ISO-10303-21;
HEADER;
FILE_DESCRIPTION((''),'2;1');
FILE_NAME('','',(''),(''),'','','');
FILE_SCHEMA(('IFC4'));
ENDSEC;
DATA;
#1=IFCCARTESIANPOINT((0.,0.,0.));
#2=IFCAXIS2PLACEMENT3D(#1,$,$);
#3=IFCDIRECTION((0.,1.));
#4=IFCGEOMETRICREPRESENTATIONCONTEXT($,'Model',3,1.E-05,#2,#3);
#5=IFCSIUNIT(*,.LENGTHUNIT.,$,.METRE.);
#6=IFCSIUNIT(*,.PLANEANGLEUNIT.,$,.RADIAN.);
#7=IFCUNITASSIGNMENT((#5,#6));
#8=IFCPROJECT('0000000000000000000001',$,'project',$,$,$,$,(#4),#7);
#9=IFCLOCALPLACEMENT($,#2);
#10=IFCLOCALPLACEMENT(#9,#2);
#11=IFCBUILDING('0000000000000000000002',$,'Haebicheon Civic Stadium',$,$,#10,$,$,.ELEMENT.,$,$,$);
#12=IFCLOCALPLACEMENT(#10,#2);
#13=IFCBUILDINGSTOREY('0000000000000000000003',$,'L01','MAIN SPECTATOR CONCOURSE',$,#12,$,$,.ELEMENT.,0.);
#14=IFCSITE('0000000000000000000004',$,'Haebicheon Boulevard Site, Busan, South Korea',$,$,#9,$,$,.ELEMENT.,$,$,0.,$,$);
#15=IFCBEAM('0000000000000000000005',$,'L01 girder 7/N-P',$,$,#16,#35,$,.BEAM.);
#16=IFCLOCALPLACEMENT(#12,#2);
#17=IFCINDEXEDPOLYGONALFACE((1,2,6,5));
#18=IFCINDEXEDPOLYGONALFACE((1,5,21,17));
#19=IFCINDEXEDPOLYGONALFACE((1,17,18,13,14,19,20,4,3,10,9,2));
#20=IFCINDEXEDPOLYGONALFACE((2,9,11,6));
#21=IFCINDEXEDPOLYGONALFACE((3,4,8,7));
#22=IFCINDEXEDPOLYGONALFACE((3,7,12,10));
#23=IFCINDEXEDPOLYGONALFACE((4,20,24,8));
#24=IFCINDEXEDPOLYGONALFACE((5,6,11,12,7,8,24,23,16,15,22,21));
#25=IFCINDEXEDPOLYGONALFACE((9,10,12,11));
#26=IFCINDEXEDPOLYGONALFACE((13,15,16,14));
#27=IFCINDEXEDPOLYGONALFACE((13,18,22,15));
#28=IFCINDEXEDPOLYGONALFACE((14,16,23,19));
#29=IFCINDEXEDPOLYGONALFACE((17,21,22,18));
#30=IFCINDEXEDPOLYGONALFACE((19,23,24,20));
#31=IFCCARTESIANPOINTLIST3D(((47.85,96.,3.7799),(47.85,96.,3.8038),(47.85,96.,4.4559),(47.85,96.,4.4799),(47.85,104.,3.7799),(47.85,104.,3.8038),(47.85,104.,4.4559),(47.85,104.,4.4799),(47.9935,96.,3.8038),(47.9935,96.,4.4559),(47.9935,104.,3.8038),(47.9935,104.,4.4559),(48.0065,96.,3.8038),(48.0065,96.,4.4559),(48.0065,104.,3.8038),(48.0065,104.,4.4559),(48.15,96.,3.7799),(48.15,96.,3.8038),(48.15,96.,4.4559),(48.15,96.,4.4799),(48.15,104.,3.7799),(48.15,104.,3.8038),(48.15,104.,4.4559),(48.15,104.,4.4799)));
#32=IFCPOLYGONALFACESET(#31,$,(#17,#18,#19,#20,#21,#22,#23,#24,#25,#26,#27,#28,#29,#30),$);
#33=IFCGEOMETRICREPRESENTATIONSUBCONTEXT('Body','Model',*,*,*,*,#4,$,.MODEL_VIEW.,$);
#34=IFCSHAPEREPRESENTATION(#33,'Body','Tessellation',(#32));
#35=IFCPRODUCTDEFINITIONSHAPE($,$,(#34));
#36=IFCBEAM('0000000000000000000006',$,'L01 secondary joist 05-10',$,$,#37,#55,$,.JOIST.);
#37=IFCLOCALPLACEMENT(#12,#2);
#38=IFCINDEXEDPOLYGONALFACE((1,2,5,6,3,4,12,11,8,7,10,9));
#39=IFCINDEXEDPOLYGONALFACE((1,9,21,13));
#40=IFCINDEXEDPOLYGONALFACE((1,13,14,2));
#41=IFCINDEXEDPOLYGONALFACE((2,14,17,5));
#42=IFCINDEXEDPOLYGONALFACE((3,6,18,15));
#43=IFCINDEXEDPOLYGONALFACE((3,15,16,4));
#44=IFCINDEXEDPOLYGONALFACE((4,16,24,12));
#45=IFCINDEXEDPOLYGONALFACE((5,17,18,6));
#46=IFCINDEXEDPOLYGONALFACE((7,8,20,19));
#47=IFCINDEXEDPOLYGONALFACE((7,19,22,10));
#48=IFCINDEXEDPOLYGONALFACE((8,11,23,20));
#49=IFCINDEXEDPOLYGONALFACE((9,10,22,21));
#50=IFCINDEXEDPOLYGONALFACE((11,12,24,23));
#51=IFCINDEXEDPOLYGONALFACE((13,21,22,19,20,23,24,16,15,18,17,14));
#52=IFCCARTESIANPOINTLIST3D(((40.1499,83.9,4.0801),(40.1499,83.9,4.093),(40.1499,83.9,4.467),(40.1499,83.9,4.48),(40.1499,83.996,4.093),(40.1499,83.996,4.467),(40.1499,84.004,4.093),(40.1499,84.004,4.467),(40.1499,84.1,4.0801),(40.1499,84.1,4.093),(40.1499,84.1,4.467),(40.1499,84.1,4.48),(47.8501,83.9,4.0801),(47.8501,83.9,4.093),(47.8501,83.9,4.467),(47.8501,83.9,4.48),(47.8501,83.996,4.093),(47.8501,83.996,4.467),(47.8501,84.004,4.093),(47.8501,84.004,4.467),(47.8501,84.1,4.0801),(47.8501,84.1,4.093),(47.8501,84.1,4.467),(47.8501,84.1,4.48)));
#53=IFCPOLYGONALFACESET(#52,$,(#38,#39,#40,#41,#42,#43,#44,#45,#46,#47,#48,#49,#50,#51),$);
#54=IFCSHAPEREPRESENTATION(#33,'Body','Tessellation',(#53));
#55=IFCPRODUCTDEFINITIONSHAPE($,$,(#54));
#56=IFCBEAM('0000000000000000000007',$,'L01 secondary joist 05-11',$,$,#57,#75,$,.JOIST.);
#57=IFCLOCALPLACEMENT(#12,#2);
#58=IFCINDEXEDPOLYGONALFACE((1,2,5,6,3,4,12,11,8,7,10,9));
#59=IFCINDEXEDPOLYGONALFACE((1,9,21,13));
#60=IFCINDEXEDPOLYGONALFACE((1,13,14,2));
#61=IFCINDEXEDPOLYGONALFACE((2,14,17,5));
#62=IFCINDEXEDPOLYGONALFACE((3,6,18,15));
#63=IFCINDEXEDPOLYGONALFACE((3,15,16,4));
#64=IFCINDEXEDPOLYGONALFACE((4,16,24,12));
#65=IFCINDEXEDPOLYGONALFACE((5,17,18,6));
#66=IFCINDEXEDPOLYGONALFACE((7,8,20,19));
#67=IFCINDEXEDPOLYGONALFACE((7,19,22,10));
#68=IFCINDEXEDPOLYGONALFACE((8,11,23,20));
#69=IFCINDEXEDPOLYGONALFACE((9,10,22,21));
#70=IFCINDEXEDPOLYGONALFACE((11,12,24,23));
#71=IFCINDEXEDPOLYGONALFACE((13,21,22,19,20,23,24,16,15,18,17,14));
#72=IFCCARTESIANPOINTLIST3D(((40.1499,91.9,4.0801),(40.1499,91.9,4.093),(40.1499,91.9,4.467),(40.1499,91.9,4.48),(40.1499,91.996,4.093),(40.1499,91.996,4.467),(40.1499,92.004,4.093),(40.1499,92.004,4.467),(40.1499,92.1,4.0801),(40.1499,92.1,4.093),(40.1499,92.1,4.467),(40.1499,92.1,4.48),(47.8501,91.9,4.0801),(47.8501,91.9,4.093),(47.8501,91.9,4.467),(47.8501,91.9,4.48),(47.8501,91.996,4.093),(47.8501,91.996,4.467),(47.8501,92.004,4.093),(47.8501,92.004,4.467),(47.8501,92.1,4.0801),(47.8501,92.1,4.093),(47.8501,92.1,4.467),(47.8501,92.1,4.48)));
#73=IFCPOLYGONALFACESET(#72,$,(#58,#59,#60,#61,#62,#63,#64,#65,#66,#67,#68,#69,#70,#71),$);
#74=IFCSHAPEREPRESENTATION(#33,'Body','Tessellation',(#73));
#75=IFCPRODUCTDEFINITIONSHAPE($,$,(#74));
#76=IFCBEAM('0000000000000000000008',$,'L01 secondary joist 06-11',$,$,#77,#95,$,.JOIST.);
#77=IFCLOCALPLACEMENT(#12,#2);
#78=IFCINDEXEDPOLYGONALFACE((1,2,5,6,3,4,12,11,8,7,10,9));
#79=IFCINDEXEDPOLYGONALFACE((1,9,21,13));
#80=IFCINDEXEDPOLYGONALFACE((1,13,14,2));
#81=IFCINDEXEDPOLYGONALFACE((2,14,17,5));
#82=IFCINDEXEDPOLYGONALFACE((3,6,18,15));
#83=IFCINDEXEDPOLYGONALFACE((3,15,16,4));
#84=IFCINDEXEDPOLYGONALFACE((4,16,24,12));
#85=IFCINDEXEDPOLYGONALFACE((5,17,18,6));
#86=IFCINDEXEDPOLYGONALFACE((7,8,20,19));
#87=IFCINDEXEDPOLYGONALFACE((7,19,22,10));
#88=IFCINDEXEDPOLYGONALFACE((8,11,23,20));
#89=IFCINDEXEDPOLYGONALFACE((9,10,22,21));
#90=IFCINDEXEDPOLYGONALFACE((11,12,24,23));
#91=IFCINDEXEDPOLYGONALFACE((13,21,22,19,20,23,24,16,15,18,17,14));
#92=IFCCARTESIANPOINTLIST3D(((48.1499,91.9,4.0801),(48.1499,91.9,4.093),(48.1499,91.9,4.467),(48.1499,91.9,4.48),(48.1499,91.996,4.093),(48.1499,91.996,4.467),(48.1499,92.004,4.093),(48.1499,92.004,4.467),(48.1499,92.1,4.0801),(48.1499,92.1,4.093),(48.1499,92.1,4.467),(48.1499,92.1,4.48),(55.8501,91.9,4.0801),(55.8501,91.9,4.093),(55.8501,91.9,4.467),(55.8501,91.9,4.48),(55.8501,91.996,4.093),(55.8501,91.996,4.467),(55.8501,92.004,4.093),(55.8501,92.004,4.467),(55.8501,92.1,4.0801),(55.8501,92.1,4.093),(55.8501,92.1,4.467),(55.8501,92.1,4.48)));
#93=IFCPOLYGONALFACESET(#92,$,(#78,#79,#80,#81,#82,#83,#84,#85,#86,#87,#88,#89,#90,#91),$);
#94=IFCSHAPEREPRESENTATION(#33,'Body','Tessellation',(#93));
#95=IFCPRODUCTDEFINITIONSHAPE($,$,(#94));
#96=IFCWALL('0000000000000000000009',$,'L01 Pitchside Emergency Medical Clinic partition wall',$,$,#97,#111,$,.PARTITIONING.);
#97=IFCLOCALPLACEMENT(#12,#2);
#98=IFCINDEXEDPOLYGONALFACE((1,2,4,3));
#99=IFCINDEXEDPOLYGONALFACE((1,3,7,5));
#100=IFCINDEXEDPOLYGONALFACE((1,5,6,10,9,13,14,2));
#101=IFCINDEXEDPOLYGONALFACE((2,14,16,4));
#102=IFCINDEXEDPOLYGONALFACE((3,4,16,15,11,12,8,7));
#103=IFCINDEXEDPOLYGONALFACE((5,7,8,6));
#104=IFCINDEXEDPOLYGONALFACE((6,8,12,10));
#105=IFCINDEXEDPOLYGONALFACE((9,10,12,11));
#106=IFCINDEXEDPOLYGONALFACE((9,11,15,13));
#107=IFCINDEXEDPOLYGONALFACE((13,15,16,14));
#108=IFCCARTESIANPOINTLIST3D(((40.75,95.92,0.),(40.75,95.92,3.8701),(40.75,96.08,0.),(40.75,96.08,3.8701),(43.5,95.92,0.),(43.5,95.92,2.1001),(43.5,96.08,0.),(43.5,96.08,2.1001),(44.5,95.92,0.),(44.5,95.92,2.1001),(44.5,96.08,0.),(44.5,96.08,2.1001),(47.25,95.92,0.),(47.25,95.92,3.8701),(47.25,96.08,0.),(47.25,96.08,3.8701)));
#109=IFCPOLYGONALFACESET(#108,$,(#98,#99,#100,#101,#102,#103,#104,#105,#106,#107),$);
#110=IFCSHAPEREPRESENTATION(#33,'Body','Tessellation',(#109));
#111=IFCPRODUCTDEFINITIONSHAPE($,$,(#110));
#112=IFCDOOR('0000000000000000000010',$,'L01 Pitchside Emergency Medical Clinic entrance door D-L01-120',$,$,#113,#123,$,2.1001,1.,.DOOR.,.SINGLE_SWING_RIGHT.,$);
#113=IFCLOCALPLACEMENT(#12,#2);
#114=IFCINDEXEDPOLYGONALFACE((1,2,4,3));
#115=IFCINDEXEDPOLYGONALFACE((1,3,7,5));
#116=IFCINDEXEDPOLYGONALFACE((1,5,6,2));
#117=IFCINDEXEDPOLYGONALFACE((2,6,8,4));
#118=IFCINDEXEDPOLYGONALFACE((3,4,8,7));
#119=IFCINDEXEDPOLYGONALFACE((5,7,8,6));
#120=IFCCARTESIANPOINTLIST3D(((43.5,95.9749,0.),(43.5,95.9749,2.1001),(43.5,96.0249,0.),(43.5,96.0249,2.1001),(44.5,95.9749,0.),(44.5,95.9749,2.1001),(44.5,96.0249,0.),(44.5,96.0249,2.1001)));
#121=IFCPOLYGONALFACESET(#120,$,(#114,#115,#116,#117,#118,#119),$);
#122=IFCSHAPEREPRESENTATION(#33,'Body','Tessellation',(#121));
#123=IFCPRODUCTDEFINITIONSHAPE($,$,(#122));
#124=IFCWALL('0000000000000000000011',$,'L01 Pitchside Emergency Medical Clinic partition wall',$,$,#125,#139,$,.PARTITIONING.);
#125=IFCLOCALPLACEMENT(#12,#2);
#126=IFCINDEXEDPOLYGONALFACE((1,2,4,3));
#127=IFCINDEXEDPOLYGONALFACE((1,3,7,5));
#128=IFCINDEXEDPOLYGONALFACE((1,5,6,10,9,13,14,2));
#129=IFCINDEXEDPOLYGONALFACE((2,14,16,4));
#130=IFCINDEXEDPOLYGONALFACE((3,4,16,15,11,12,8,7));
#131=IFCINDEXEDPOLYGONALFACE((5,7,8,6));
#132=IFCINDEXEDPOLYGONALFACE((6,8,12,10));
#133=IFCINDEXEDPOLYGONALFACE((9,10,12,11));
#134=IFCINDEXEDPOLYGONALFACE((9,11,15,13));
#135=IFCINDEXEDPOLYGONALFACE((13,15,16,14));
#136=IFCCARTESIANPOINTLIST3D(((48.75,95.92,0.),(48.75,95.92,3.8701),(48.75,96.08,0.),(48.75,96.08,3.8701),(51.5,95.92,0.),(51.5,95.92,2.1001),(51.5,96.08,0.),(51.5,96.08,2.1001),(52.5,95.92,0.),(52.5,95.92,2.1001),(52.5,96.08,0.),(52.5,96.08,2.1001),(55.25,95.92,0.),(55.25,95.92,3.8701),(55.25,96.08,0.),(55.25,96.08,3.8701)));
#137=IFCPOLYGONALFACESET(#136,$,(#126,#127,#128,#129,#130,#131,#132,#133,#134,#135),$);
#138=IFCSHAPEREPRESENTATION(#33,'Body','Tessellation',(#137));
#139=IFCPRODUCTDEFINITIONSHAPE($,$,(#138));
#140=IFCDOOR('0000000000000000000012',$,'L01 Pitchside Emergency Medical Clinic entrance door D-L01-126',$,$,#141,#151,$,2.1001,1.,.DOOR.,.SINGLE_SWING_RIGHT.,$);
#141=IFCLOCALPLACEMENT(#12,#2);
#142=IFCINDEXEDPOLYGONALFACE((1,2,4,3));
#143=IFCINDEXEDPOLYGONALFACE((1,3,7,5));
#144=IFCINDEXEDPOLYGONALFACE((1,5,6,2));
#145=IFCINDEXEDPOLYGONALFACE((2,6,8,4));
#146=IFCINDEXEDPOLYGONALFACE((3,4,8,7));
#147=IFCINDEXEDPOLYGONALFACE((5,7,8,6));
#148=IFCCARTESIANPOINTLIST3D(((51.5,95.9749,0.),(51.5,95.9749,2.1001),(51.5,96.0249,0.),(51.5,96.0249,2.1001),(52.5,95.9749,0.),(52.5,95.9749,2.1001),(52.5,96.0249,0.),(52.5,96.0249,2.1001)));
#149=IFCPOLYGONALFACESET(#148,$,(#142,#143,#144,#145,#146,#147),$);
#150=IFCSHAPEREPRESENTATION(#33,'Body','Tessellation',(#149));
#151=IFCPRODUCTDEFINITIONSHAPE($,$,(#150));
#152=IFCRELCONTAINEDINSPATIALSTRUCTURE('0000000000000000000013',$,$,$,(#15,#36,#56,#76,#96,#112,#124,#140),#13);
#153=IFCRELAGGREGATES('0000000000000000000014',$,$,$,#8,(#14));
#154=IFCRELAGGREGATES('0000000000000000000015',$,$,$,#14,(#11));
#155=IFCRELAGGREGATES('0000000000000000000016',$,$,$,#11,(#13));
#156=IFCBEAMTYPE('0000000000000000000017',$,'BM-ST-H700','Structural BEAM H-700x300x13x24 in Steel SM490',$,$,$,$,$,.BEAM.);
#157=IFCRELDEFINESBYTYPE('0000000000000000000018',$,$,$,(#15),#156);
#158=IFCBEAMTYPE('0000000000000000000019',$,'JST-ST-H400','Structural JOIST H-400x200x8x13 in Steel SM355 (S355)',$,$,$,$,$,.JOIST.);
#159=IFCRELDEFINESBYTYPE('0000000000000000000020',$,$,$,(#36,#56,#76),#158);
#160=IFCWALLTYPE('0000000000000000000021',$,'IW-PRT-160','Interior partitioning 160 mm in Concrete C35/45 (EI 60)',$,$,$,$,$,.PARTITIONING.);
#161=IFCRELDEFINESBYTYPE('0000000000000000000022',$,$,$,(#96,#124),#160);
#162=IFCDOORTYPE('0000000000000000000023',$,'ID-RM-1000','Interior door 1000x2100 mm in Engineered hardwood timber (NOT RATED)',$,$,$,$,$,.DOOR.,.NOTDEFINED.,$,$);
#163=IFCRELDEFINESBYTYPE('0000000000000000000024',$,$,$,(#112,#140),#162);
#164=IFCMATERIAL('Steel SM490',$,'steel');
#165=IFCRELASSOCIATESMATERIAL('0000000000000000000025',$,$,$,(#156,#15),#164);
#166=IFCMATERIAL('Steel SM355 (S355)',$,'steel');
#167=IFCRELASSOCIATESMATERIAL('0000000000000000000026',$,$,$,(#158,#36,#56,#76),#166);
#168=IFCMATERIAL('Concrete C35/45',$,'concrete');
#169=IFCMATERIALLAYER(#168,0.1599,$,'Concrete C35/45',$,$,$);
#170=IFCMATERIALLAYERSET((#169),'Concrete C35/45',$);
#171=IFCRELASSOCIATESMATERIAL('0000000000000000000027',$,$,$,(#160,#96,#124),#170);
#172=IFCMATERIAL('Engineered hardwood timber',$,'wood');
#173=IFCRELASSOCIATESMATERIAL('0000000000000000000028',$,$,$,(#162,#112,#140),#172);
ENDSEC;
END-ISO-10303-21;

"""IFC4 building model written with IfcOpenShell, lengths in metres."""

from ifc_helpers import new_model, si_unit, direction, frame, frame_2d, origin, origin_2d, place, context, subcontext, project, spatial, rectangle, i_section, extrude, material, layer, layer_set, material_profile, profile_set, type_object, element, fill, save


model = new_model("IFC4")

# Units and contexts
model_context = context("Model", 3, precision=1e-05, world=origin(), true_north=direction((0.0, 1.0)))
body_context = subcontext(model_context, "Body", "Model", "MODEL_VIEW")
ifc_project = project(units=[si_unit("LENGTHUNIT", "METRE"), si_unit("PLANEANGLEUNIT", "RADIAN")], contexts=[model_context])

# Site, building, storey
site_placement = place(None, origin())
site = spatial("IfcSite", under=ifc_project, at=site_placement, Name="Haebicheon Boulevard Site, Busan, South Korea", CompositionType="ELEMENT", RefElevation=0.0)
building_placement = place(site_placement, origin())
building = spatial("IfcBuilding", under=site, at=building_placement, Name="Haebicheon Civic Stadium", CompositionType="ELEMENT")
storey_placement = place(building_placement, origin())
storey = spatial("IfcBuildingStorey", under=building, at=storey_placement, Name="L01", Description="MAIN SPECTATOR CONCOURSE", CompositionType="ELEMENT", Elevation=0.0)

# Beams
ifc_material_1 = material(Name="Steel SM490", Category="steel")
ifc_material_profile_1 = material_profile(ifc_material_1, i_section(OverallWidth=0.3, OverallDepth=0.7, WebThickness=0.0129, FlangeThickness=0.0239, at=origin_2d()), Name="H-700x300x13x24")
ifc_profile_set_1 = profile_set([ifc_material_profile_1], Name="Steel SM490")
beam_type_1 = type_object("IfcBeamType", Name="BM-ST-H700", Description="Structural BEAM H-700x300x13x24 in Steel SM490", PredefinedType="BEAM", material=ifc_profile_set_1)
for number, where, z_axis, x_axis, name in (
    (1, (48.0, 96.0, 4.1299), (0.0, 1.0, 0.0), (-1.0, 0.0, 0.0), "L01 girder 7/N-P"),
):
    element("IfcBeam", number, at=place(storey_placement, frame(where, z_axis=z_axis, x_axis=x_axis)), inside=storey, type_object=beam_type_1, material=ifc_profile_set_1, Name=name, PredefinedType="BEAM", context=body_context, shape_type="SweptSolid", body=[
        extrude(i_section(OverallWidth=0.3, OverallDepth=0.7, WebThickness=0.0129, FlangeThickness=0.0239, at=origin_2d()), origin(), (0.0, 0.0, 1.0), 8.0),
    ])
ifc_material_2 = material(Name="Steel SM355 (S355)", Category="steel")
ifc_material_profile_2 = material_profile(ifc_material_2, i_section(OverallWidth=0.2, OverallDepth=0.3999, WebThickness=0.0081, FlangeThickness=0.0129, at=origin_2d()), Name="H-400x200x8x13")
ifc_profile_set_2 = profile_set([ifc_material_profile_2], Name="Steel SM355 (S355)")
beam_type_2 = type_object("IfcBeamType", Name="JST-ST-H400", Description="Structural JOIST H-400x200x8x13 in Steel SM355 (S355)", PredefinedType="JOIST", material=ifc_profile_set_2)
for number, where, z_axis, x_axis, name in (
    (2, (40.1499, 84.0, 4.28), (1.0, 0.0, 0.0), (0.0, 1.0, 0.0), "L01 secondary joist 05-10"),
    (3, (40.1499, 92.0, 4.28), (1.0, 0.0, 0.0), (0.0, 1.0, 0.0), "L01 secondary joist 05-11"),
    (4, (48.1499, 92.0, 4.28), (1.0, 0.0, 0.0), (0.0, 1.0, 0.0), "L01 secondary joist 06-11"),
):
    element("IfcBeam", number, at=place(storey_placement, frame(where, z_axis=z_axis, x_axis=x_axis)), inside=storey, type_object=beam_type_2, material=ifc_profile_set_2, Name=name, PredefinedType="JOIST", context=body_context, shape_type="SweptSolid", body=[
        extrude(i_section(OverallWidth=0.2, OverallDepth=0.3999, WebThickness=0.0081, FlangeThickness=0.0129, at=origin_2d()), origin(), (0.0, 0.0, 1.0), 7.7002),
    ])

# Walls, openings, doors
ifc_material_3 = material(Name="Concrete C35/45", Category="concrete")
ifc_layer = layer(ifc_material_3, 0.1599, Name="Concrete C35/45")
ifc_layer_set = layer_set([ifc_layer], Name="Concrete C35/45")
wall_type = type_object("IfcWallType", Name="IW-PRT-160", Description="Interior partitioning 160 mm in Concrete C35/45 (EI 60)", PredefinedType="PARTITIONING", material=ifc_layer_set)
wall_1_placement = place(storey_placement, frame((40.75, 96.0, 0.0), z_axis=(0.0, 0.0, 1.0), x_axis=(1.0, 0.0, 0.0)))
wall_1 = element("IfcWall", 5, at=wall_1_placement, inside=storey, type_object=wall_type, material=ifc_layer_set, Name="L01 Pitchside Emergency Medical Clinic partition wall", PredefinedType="PARTITIONING", context=body_context, shape_type="SweptSolid", body=[
    extrude(rectangle(XDim=6.5, YDim=0.1599, at=frame_2d((3.25, 0.0))), origin(), (0.0, 0.0, 1.0), 3.8701),
])
opening_1_placement = place(wall_1_placement, frame((2.75, 0.0, 0.0)))
opening_1 = element("IfcOpeningElement", 6, at=opening_1_placement, cuts=wall_1, PredefinedType="OPENING", context=body_context, shape_type="SweptSolid", body=[
    extrude(rectangle(XDim=1.0, YDim=2.1001, at=frame_2d((0.5, 1.05))), frame((0.0, 0.0898, 0.0), z_axis=(0.0, -1.0, 0.0), x_axis=(1.0, 0.0, 0.0)), (0.0, 0.0, 1.0), 0.1799),
])
ifc_material_4 = material(Name="Engineered hardwood timber", Category="wood")
door_type = type_object("IfcDoorType", Name="ID-RM-1000", Description="Interior door 1000x2100 mm in Engineered hardwood timber (NOT RATED)", OperationType="NOTDEFINED", PredefinedType="DOOR", material=ifc_material_4)
door_1_placement = place(opening_1_placement, origin())
door_1 = element("IfcDoor", 7, at=door_1_placement, inside=storey, type_object=door_type, material=ifc_material_4, Name="L01 Pitchside Emergency Medical Clinic entrance door D-L01-120", OperationType="SINGLE_SWING_RIGHT", OverallHeight=2.1001, OverallWidth=1.0, PredefinedType="DOOR", context=body_context, shape_type="SweptSolid", body=[
    extrude(rectangle(XDim=1.0, YDim=2.1001, at=frame_2d((0.5, 1.05))), frame((0.0, 0.0249, 0.0), z_axis=(0.0, -1.0, 0.0), x_axis=(1.0, 0.0, 0.0)), (0.0, 0.0, 1.0), 0.05),
])
fill(opening_1, door_1)
wall_2_placement = place(storey_placement, frame((48.75, 96.0, 0.0), z_axis=(0.0, 0.0, 1.0), x_axis=(1.0, 0.0, 0.0)))
wall_2 = element("IfcWall", 8, at=wall_2_placement, inside=storey, type_object=wall_type, material=ifc_layer_set, Name="L01 Pitchside Emergency Medical Clinic partition wall", PredefinedType="PARTITIONING", context=body_context, shape_type="SweptSolid", body=[
    extrude(rectangle(XDim=6.5, YDim=0.1599, at=frame_2d((3.25, 0.0))), origin(), (0.0, 0.0, 1.0), 3.8701),
])
opening_2_placement = place(wall_2_placement, frame((2.75, 0.0, 0.0)))
opening_2 = element("IfcOpeningElement", 9, at=opening_2_placement, cuts=wall_2, PredefinedType="OPENING", context=body_context, shape_type="SweptSolid", body=[
    extrude(rectangle(XDim=1.0, YDim=2.1001, at=frame_2d((0.5, 1.05))), frame((0.0, 0.0898, 0.0), z_axis=(0.0, -1.0, 0.0), x_axis=(1.0, 0.0, 0.0)), (0.0, 0.0, 1.0), 0.1799),
])
door_2_placement = place(opening_2_placement, origin())
door_2 = element("IfcDoor", 10, at=door_2_placement, inside=storey, type_object=door_type, material=ifc_material_4, Name="L01 Pitchside Emergency Medical Clinic entrance door D-L01-126", OperationType="SINGLE_SWING_RIGHT", OverallHeight=2.1001, OverallWidth=1.0, PredefinedType="DOOR", context=body_context, shape_type="SweptSolid", body=[
    extrude(rectangle(XDim=1.0, YDim=2.1001, at=frame_2d((0.5, 1.05))), frame((0.0, 0.0249, 0.0), z_axis=(0.0, -1.0, 0.0), x_axis=(1.0, 0.0, 0.0)), (0.0, 0.0, 1.0), 0.05),
])
fill(opening_2, door_2)

save(model, "model.ifc")
